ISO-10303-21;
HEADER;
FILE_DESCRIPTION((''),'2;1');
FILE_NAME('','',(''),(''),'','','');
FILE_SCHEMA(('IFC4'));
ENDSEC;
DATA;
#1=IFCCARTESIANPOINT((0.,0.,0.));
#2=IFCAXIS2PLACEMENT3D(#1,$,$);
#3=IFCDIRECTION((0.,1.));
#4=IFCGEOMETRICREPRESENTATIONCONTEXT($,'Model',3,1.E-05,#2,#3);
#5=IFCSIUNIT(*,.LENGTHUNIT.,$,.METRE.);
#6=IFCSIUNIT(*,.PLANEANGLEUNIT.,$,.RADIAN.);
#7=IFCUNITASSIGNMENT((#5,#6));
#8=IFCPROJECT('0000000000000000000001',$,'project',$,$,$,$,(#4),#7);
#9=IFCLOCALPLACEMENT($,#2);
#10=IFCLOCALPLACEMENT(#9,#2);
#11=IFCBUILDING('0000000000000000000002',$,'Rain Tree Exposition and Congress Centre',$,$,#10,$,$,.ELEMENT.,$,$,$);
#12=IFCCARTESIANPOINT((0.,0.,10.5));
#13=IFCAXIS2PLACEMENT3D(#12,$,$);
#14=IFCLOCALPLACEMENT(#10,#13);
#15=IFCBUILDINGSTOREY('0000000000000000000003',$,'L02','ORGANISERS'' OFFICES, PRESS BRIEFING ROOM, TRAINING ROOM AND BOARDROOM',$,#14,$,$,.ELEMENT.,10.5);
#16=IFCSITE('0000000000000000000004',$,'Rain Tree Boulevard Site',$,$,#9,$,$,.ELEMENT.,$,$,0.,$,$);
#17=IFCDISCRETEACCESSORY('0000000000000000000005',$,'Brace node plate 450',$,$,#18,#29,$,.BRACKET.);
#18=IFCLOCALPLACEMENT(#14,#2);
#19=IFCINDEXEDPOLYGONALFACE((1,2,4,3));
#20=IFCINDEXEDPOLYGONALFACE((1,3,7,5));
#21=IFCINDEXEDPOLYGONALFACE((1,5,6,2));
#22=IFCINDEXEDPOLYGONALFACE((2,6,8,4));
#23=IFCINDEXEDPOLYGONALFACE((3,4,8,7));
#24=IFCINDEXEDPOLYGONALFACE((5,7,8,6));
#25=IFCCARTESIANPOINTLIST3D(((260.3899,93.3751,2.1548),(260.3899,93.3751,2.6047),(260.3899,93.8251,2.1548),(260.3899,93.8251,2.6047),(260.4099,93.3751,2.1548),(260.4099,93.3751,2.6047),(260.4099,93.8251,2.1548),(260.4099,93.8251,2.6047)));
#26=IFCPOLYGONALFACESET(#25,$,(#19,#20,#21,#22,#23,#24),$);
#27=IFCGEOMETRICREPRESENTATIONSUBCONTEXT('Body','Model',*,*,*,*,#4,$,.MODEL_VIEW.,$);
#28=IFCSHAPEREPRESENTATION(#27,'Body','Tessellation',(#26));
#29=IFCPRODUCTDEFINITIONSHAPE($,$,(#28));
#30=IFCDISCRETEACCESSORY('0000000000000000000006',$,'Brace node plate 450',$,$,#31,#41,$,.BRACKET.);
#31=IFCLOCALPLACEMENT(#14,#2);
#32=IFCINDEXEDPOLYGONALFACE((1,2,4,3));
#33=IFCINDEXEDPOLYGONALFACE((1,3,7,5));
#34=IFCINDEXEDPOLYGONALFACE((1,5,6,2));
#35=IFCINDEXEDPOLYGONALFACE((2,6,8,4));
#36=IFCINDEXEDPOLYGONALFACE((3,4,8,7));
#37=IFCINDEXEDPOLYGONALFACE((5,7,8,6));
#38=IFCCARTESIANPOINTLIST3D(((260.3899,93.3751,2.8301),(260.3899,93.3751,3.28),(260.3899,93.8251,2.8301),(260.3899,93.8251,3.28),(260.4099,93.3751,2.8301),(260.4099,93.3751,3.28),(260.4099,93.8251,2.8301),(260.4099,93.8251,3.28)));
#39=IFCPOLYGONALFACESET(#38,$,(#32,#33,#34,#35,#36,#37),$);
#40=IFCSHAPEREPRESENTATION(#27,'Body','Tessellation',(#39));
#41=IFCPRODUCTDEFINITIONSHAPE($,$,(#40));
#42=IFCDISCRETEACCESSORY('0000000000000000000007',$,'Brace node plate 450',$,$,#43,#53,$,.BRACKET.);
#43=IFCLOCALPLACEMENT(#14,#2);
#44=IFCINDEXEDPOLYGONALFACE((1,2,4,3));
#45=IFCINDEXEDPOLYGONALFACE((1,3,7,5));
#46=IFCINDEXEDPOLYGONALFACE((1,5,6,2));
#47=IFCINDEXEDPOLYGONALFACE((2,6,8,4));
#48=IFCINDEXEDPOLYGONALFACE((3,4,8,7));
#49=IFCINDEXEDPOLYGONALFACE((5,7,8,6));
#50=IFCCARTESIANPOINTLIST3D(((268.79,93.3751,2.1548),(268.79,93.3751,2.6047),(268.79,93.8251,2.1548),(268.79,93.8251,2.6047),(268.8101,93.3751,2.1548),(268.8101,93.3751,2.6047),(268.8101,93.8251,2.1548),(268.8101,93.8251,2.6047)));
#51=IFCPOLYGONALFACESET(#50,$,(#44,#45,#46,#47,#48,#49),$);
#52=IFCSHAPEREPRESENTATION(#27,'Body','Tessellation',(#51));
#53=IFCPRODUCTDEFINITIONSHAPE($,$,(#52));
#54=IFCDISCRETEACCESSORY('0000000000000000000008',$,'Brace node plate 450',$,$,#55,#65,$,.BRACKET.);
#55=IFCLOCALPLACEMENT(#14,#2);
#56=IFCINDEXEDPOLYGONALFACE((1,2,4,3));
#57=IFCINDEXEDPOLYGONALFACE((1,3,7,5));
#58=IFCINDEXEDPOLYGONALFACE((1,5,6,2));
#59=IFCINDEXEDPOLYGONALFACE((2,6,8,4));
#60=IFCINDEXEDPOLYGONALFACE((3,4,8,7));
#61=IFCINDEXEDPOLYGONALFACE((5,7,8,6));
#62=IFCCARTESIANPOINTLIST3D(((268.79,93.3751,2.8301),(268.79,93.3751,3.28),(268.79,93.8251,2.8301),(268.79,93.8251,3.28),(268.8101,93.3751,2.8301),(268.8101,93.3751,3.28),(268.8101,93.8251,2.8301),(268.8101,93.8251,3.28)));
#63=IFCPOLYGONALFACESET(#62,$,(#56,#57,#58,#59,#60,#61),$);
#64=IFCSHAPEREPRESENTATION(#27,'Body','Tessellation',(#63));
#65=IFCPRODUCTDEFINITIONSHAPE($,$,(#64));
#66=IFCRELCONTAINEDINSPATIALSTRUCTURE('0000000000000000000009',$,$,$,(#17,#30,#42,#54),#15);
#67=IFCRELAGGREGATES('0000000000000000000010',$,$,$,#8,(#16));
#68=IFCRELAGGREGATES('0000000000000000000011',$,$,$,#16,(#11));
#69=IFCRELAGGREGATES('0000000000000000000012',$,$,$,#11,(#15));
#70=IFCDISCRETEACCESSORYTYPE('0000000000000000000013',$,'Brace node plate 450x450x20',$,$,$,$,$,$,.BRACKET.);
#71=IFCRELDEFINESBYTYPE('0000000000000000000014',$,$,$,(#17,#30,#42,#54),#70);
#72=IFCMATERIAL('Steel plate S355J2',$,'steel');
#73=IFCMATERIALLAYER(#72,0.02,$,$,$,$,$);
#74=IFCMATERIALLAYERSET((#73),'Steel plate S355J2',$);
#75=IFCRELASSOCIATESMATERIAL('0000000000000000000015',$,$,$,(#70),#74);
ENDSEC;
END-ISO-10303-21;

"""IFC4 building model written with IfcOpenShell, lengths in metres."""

from ifc_helpers import new_model, si_unit, direction, frame, origin, origin_2d, place, context, subcontext, project, spatial, rectangle, extrude, material, layer, layer_set, type_object, element, save


model = new_model("IFC4")

# Units and contexts
model_context = context("Model", 3, precision=1e-05, world=origin(), true_north=direction((0.0, 1.0)))
body_context = subcontext(model_context, "Body", "Model", "MODEL_VIEW")
ifc_project = project(units=[si_unit("LENGTHUNIT", "METRE"), si_unit("PLANEANGLEUNIT", "RADIAN")], contexts=[model_context])

# Site, building, storey
site_placement = place(None, origin())
site = spatial("IfcSite", under=ifc_project, at=site_placement, Name="Rain Tree Boulevard Site", CompositionType="ELEMENT", RefElevation=0.0)
building_placement = place(site_placement, origin())
building = spatial("IfcBuilding", under=site, at=building_placement, Name="Rain Tree Exposition and Congress Centre", CompositionType="ELEMENT")
storey_placement = place(building_placement, frame((0.0, 0.0, 10.5)))
storey = spatial("IfcBuildingStorey", under=building, at=storey_placement, Name="L02", Description="ORGANISERS' OFFICES, PRESS BRIEFING ROOM, TRAINING ROOM AND BOARDROOM", CompositionType="ELEMENT", Elevation=10.5)

# Discrete accessories
ifc_material_1 = material(Name="Steel plate S355J2", Category="steel")
ifc_layer = layer(ifc_material_1, 0.02)
ifc_layer_set = layer_set([ifc_layer], Name="Steel plate S355J2")
discrete_accessory_type = type_object("IfcDiscreteAccessoryType", Name="Brace node plate 450x450x20", PredefinedType="BRACKET", material=ifc_layer_set)
for number, where, z_axis, x_axis, name in (
    (1, (260.3999, 93.6001, 2.1548), (0.0, 0.0, 1.0), (0.0, -1.0, 0.0), "Brace node plate 450"),
    (2, (260.3999, 93.6001, 2.8301), (0.0, 0.0, 1.0), (0.0, 1.0, 0.0), "Brace node plate 450"),
    (3, (268.8, 93.6001, 2.1548), (0.0, 0.0, 1.0), (0.0, -1.0, 0.0), "Brace node plate 450"),
    (4, (268.8, 93.6001, 2.8301), (0.0, 0.0, 1.0), (0.0, 1.0, 0.0), "Brace node plate 450"),
):
    element("IfcDiscreteAccessory", number, at=place(storey_placement, frame(where, z_axis=z_axis, x_axis=x_axis)), inside=storey, type_object=discrete_accessory_type, Name=name, PredefinedType="BRACKET", context=body_context, shape_type="SweptSolid", body=[
        extrude(rectangle(XDim=0.45, YDim=0.02, at=origin_2d()), origin(), (0.0, 0.0, 1.0), 0.45),
    ])

save(model, "model.ifc")
